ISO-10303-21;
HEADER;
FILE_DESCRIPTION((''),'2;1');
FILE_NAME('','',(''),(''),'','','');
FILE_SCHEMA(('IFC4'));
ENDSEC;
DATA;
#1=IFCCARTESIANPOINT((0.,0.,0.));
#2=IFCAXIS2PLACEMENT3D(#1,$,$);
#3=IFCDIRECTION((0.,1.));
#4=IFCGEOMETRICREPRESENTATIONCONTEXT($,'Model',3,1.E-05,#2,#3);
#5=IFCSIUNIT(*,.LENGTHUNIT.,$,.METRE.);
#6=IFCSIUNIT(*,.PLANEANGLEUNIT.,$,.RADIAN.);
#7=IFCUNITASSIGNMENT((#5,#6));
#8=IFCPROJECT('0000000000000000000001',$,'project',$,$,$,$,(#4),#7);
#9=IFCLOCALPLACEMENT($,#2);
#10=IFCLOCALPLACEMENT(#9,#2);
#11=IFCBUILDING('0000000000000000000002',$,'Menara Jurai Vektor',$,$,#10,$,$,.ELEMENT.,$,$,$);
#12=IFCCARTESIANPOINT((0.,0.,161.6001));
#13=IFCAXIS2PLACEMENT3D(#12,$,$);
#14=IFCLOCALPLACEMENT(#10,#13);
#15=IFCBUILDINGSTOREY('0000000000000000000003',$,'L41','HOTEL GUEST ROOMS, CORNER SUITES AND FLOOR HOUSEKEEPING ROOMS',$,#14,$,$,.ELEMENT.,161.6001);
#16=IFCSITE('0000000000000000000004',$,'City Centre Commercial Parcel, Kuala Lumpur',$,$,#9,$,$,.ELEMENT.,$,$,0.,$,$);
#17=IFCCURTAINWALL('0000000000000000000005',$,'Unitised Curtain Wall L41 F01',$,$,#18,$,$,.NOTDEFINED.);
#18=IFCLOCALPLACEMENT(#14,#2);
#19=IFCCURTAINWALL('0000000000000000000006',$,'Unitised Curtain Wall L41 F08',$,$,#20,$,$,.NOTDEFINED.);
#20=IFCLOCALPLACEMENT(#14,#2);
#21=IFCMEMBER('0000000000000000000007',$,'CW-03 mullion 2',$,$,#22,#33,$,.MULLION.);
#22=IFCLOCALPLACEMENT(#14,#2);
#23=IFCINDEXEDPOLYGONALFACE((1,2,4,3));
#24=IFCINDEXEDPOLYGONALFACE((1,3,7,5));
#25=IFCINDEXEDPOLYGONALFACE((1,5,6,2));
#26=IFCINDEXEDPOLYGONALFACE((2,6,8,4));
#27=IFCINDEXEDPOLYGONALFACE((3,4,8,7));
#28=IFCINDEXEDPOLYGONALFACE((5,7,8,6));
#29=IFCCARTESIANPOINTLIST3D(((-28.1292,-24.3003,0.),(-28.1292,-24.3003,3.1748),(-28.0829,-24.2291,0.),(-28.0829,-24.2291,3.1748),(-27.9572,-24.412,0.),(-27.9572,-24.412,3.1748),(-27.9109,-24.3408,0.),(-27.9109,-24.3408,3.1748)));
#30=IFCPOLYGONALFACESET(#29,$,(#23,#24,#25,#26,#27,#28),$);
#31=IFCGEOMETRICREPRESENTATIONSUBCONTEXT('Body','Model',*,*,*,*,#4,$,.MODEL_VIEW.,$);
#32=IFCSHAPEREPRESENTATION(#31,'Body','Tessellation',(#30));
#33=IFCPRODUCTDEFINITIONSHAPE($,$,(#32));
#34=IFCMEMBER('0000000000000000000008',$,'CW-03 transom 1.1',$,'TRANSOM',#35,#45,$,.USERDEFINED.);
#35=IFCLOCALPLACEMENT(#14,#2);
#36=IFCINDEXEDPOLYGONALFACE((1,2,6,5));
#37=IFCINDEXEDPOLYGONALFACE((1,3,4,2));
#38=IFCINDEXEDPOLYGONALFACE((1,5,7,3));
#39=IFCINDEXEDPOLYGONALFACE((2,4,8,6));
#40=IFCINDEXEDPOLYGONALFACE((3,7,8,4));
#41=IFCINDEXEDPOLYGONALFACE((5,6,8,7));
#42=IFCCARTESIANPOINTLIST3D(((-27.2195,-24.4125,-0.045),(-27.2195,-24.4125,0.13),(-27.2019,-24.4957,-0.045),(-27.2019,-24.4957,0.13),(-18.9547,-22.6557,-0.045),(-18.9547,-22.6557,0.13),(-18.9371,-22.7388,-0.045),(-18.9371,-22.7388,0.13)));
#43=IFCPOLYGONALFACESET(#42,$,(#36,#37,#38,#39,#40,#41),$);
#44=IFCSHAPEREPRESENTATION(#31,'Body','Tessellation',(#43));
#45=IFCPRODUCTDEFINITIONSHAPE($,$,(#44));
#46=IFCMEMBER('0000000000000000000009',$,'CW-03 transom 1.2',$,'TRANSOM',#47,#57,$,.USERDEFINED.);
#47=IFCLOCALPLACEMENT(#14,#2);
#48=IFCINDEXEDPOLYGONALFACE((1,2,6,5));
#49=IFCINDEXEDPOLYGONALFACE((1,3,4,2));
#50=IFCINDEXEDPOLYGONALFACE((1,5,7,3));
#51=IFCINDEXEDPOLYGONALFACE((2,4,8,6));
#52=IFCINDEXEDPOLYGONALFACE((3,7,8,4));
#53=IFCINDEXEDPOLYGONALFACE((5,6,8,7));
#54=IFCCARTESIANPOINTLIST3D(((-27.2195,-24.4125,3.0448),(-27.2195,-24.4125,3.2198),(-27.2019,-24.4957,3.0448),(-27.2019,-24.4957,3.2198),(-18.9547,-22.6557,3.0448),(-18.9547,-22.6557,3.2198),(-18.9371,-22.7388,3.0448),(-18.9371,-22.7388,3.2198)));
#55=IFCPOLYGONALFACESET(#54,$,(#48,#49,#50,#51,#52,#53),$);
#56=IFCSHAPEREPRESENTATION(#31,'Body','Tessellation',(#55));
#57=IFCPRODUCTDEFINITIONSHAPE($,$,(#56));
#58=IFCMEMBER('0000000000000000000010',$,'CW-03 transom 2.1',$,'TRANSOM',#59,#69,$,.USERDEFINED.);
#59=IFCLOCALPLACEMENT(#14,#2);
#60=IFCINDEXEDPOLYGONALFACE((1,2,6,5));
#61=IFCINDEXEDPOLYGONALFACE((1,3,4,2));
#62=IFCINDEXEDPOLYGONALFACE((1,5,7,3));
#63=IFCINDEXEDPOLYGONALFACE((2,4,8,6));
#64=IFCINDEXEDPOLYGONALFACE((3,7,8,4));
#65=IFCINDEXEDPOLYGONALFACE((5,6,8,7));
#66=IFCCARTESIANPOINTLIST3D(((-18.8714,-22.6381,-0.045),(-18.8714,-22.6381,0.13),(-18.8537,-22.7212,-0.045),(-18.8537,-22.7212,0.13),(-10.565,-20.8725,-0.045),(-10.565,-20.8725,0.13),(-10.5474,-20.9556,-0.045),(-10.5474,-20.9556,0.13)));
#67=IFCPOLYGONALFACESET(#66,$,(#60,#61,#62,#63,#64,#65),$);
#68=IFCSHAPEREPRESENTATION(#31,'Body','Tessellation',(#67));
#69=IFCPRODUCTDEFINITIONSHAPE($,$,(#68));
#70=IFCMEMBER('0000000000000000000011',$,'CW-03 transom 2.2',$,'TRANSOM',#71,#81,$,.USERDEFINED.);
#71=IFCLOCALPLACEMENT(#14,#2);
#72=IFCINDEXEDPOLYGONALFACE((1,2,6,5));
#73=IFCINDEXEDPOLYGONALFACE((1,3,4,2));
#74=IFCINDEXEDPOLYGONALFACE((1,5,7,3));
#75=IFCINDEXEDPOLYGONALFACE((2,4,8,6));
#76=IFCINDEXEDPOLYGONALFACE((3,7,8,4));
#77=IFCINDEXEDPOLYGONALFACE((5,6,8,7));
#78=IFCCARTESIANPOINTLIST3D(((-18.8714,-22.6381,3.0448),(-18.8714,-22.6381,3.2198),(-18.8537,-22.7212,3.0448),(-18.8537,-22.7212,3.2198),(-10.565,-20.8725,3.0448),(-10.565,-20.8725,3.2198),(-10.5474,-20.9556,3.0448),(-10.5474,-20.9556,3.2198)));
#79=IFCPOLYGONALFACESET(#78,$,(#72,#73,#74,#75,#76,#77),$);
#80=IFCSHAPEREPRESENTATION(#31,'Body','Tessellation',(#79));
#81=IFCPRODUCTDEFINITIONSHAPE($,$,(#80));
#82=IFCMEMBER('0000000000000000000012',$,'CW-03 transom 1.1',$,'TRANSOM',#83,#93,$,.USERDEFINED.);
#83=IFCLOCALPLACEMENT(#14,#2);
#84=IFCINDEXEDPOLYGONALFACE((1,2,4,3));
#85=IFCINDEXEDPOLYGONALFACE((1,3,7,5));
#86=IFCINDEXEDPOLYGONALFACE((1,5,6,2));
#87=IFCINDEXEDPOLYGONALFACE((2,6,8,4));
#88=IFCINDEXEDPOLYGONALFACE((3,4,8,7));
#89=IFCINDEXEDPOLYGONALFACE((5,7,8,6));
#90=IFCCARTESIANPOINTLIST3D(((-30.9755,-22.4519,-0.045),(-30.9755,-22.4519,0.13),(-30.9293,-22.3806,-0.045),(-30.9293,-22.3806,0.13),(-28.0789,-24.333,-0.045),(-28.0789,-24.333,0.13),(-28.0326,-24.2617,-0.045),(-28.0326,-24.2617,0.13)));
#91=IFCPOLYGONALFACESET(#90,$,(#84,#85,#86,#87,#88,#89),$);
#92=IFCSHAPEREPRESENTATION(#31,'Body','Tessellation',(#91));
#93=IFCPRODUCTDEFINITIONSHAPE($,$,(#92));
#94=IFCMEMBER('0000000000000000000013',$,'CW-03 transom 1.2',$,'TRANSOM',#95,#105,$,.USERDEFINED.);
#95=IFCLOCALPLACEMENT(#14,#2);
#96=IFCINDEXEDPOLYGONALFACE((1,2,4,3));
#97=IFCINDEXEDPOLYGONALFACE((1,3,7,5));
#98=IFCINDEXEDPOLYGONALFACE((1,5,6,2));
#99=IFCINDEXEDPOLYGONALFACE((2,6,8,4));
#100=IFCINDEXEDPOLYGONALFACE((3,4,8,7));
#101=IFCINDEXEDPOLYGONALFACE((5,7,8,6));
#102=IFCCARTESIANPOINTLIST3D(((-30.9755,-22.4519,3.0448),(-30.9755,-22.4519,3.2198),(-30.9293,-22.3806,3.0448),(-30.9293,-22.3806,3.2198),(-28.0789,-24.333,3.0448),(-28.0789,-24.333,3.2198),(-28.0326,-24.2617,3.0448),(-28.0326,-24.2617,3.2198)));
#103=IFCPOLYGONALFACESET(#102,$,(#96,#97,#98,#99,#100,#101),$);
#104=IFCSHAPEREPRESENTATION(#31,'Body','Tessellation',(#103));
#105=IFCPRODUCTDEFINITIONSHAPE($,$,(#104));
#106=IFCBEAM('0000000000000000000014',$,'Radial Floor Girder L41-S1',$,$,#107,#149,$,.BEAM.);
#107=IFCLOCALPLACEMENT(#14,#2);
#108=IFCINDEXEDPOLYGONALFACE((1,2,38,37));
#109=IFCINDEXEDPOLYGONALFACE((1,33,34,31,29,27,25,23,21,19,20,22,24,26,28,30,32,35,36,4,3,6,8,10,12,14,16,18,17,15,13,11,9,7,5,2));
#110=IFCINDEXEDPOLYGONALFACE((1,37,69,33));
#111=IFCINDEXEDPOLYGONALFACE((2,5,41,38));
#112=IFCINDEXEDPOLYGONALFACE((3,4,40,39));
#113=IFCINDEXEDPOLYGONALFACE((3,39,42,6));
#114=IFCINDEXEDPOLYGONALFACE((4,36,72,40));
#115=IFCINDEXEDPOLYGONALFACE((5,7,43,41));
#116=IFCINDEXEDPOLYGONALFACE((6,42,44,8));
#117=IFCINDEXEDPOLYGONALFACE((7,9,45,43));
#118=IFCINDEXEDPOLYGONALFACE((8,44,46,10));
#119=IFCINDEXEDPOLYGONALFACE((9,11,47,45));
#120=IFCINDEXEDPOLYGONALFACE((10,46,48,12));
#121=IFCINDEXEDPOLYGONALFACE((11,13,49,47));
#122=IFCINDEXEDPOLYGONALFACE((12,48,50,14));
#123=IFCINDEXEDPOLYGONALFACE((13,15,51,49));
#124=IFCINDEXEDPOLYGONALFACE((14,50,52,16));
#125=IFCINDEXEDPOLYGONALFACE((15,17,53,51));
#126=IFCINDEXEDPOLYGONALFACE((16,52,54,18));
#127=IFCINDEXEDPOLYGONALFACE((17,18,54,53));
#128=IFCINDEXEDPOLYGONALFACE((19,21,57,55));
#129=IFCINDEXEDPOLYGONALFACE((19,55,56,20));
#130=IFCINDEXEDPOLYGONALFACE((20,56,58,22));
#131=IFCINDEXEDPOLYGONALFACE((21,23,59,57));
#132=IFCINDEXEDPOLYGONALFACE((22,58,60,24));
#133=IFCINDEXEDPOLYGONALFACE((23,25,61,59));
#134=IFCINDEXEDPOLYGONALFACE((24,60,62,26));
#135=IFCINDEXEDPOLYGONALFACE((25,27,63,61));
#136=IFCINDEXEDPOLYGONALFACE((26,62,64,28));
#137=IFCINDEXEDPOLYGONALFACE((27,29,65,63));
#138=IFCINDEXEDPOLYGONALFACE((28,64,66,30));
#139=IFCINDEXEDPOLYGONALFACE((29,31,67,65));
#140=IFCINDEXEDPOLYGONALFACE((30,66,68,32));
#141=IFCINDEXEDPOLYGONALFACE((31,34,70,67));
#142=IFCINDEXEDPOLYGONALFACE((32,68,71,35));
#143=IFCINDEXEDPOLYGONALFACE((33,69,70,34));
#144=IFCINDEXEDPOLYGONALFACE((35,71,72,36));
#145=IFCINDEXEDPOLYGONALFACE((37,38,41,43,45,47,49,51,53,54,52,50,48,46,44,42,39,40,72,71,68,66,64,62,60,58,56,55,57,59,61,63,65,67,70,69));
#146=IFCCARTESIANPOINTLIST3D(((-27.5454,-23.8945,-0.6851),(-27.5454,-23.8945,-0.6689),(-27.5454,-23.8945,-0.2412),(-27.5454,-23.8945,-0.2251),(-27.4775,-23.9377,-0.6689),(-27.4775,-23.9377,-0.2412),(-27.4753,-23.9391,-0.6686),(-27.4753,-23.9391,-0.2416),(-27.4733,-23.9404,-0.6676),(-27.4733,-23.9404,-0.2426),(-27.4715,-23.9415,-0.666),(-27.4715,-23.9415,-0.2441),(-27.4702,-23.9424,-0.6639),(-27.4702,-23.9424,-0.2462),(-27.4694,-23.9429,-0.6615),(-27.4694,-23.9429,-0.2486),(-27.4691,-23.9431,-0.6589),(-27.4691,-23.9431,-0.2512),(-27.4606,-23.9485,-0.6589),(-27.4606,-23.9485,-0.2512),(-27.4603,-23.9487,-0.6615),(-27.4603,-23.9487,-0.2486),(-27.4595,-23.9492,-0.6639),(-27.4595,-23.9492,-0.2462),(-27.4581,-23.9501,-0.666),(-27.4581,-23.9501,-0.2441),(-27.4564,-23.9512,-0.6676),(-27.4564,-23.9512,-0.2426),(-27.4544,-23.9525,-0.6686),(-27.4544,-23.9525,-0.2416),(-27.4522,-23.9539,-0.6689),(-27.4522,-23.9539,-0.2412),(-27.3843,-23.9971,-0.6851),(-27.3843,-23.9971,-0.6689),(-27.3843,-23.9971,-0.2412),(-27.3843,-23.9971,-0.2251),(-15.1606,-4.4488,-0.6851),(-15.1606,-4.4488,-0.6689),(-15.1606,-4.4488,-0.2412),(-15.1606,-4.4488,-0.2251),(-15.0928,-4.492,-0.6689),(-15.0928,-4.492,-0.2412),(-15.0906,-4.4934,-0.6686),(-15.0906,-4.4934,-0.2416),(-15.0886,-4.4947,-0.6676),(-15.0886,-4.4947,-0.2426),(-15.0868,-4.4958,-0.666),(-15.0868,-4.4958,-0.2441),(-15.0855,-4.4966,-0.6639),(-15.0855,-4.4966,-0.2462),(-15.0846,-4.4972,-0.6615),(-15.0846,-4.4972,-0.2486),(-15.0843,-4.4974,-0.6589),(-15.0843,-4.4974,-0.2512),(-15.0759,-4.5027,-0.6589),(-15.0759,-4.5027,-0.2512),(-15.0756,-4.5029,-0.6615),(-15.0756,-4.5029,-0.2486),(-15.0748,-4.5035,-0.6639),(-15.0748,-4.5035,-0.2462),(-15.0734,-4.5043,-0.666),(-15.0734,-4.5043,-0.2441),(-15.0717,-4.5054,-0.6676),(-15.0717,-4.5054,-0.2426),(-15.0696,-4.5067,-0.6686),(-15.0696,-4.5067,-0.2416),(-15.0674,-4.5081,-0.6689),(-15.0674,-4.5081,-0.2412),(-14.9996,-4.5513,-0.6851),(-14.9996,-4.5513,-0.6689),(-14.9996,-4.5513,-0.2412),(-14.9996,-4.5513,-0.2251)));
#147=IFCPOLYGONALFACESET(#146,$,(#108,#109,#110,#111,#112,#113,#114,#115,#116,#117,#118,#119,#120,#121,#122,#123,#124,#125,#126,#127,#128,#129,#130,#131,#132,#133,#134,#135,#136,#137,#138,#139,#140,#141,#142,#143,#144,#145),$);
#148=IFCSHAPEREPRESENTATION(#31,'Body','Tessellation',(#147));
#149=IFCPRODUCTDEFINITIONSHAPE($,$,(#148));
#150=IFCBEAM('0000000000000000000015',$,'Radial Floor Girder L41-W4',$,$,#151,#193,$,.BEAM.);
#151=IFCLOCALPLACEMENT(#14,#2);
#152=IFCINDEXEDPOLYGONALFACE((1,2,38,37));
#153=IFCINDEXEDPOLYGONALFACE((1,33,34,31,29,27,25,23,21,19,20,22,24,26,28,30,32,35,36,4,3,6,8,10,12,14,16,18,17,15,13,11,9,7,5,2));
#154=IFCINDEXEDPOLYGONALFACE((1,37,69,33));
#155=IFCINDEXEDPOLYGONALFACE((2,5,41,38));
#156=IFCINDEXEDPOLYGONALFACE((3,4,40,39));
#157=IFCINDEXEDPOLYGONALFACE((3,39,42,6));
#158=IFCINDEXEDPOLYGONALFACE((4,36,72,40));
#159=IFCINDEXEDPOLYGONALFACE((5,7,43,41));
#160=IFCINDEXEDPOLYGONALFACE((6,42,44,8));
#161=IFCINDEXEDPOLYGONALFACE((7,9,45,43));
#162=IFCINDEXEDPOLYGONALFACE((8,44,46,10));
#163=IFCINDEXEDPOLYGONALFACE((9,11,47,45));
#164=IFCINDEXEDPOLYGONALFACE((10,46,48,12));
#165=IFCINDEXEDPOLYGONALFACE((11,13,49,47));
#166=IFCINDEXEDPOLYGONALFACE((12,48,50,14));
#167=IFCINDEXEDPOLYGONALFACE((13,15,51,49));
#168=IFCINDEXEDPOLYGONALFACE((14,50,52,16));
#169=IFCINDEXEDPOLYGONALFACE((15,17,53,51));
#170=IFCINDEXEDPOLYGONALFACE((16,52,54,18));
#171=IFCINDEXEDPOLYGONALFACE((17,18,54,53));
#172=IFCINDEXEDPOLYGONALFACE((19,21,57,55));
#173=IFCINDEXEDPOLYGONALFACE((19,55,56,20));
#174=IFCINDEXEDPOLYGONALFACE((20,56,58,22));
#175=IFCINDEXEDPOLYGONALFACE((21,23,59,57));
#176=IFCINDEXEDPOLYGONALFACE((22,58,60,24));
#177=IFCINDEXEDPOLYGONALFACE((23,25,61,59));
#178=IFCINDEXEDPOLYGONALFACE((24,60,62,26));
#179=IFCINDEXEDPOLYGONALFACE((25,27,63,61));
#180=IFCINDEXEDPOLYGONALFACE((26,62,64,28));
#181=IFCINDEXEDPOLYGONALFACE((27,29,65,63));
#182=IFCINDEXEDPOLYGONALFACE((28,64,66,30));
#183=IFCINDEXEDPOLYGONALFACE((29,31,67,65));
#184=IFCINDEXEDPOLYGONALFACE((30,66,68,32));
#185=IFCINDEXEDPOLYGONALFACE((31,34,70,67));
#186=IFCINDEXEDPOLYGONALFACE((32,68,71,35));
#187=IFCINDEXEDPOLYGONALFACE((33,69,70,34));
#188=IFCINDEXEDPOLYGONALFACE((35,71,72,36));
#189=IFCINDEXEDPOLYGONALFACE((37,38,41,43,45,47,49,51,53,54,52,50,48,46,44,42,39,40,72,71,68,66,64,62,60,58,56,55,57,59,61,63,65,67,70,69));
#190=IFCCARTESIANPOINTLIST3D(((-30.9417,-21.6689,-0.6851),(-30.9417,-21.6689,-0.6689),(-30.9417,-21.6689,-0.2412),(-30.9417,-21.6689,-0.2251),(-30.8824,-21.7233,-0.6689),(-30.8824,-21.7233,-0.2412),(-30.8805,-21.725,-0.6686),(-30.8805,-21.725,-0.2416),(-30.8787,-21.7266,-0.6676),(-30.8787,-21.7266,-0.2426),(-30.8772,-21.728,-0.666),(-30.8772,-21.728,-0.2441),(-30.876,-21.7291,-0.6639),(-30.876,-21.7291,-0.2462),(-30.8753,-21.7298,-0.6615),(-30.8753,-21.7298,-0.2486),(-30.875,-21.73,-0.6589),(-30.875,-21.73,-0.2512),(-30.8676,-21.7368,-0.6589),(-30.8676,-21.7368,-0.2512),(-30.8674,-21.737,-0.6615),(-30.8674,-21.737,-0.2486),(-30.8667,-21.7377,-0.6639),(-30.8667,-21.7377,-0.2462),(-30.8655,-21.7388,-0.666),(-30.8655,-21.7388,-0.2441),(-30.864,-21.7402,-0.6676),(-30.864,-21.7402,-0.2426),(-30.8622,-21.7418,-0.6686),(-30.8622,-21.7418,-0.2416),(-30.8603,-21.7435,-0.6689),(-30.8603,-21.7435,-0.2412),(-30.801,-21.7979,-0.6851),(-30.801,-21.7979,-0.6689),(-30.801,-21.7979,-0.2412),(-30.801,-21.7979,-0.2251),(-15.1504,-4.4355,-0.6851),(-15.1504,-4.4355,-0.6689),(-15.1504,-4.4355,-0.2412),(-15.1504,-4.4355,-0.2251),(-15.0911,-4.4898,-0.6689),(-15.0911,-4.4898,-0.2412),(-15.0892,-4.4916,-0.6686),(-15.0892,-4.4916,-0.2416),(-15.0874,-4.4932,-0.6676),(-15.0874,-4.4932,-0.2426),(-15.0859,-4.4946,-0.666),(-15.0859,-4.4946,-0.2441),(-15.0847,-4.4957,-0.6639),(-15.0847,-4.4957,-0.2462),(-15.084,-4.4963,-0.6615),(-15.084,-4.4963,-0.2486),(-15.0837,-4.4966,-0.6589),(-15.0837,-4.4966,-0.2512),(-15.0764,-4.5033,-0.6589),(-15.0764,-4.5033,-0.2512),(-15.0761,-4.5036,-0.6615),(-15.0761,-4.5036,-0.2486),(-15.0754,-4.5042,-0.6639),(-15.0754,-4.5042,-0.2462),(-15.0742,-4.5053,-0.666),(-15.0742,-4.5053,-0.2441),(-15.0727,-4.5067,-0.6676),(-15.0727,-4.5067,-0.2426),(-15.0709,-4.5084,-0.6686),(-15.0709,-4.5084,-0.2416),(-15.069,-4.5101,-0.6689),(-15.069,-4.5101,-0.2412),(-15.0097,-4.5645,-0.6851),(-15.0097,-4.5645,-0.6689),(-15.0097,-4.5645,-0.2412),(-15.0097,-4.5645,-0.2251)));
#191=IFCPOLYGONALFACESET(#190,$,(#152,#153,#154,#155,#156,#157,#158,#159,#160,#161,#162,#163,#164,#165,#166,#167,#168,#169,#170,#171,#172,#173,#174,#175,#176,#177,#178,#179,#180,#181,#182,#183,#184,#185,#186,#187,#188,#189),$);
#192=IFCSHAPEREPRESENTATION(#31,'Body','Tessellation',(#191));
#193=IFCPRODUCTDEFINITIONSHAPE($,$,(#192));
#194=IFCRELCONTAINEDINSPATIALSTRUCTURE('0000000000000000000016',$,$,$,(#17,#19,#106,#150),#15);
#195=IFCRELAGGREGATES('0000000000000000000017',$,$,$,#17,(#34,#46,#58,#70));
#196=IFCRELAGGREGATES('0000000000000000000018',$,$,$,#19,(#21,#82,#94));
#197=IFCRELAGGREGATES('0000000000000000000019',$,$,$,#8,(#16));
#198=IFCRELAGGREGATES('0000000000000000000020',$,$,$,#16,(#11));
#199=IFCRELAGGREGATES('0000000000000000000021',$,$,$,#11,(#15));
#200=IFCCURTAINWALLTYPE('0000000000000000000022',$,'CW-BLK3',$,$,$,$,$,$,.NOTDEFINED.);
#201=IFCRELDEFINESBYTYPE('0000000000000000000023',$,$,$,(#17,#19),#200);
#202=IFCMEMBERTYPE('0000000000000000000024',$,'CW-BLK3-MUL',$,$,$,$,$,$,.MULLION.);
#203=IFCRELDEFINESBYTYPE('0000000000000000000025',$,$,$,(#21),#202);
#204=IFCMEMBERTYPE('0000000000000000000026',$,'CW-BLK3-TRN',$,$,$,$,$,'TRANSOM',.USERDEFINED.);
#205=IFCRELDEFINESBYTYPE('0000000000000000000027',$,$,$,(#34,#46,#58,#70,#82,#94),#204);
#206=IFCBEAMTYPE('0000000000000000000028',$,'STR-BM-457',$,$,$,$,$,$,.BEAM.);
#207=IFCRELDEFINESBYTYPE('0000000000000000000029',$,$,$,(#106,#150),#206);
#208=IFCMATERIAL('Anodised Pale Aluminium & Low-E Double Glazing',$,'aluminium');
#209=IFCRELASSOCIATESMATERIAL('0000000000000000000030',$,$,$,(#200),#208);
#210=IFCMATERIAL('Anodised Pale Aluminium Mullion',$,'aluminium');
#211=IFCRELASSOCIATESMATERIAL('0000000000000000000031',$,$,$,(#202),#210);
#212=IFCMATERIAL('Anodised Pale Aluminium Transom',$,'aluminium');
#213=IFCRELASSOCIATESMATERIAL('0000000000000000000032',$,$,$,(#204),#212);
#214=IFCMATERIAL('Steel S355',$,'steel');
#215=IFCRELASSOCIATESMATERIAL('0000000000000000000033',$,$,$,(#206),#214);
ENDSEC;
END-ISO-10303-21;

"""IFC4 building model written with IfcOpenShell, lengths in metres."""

from ifc_helpers import new_model, si_unit, direction, frame, origin, origin_2d, place, context, subcontext, project, spatial, rectangle, i_section, extrude, material, material_profile, profile_set, type_object, element, aggregate, save


model = new_model("IFC4")

# Units and contexts
model_context = context("Model", 3, precision=1e-05, world=origin(), true_north=direction((0.0, 1.0)))
body_context = subcontext(model_context, "Body", "Model", "MODEL_VIEW")
ifc_project = project(units=[si_unit("LENGTHUNIT", "METRE"), si_unit("PLANEANGLEUNIT", "RADIAN")], contexts=[model_context])

# Site, building, storey
site_placement = place(None, origin())
site = spatial("IfcSite", under=ifc_project, at=site_placement, Name="City Centre Commercial Parcel, Kuala Lumpur", CompositionType="ELEMENT", RefElevation=0.0)
building_placement = place(site_placement, origin())
building = spatial("IfcBuilding", under=site, at=building_placement, Name="Menara Jurai Vektor", CompositionType="ELEMENT")
storey_placement = place(building_placement, frame((0.0, 0.0, 161.6001)))
storey = spatial("IfcBuildingStorey", under=building, at=storey_placement, Name="L41", Description="HOTEL GUEST ROOMS, CORNER SUITES AND FLOOR HOUSEKEEPING ROOMS", CompositionType="ELEMENT", Elevation=161.6001)

# Curtain wall
ifc_material_1 = material(Name="Anodised Pale Aluminium & Low-E Double Glazing", Category="aluminium")
curtain_wall_type = type_object("IfcCurtainWallType", Name="CW-BLK3", PredefinedType="NOTDEFINED", material=ifc_material_1)
curtain_wall_1_placement = place(storey_placement, origin())
curtain_wall_1 = element("IfcCurtainWall", 1, at=curtain_wall_1_placement, inside=storey, type_object=curtain_wall_type, Name="Unitised Curtain Wall L41 F01", PredefinedType="NOTDEFINED")
ifc_material_2 = material(Name="Anodised Pale Aluminium Mullion", Category="aluminium")
ifc_material_profile_1 = material_profile(ifc_material_2, rectangle(XDim=0.085, YDim=0.2051, at=origin_2d()), Name="ALU MUL 85x205")
ifc_profile_set_1 = profile_set([ifc_material_profile_1], Name="Anodised Pale Aluminium Mullion")
member_type_1 = type_object("IfcMemberType", Name="CW-BLK3-MUL", PredefinedType="MULLION", material=ifc_profile_set_1)

# Curtain wall, member
curtain_wall_2_placement = place(storey_placement, origin())
curtain_wall_2 = element("IfcCurtainWall", 2, at=curtain_wall_2_placement, inside=storey, type_object=curtain_wall_type, Name="Unitised Curtain Wall L41 F08", PredefinedType="NOTDEFINED")
member_1_placement = place(storey_placement, frame((-28.02, -24.3206, 0.0), z_axis=(0.0, 0.0, 1.0), x_axis=(0.544618, 0.838684, 0.0)))
member_1 = element("IfcMember", 3, at=member_1_placement, type_object=member_type_1, Name="CW-03 mullion 2", PredefinedType="MULLION", context=body_context, shape_type="SweptSolid", body=[
    extrude(rectangle(XDim=0.085, YDim=0.2051, at=origin_2d()), origin(), (0.0, 0.0, 1.0), 3.1748),
])

# Members
ifc_material_3 = material(Name="Anodised Pale Aluminium Transom", Category="aluminium")
ifc_material_profile_2 = material_profile(ifc_material_3, rectangle(XDim=0.085, YDim=0.175, at=origin_2d()), Name="ALU TRN 85x175")
ifc_profile_set_2 = profile_set([ifc_material_profile_2], Name="Anodised Pale Aluminium Transom")
member_type_2 = type_object("IfcMemberType", Name="CW-BLK3-TRN", ElementType="TRANSOM", PredefinedType="USERDEFINED", material=ifc_profile_set_2)
member_2_placement = place(storey_placement, frame((-27.2107, -24.4541, 0.0425), z_axis=(0.978146, 0.207921, 0.0), x_axis=(-0.207921, 0.978146, 0.0)))
member_2 = element("IfcMember", 4, at=member_2_placement, type_object=member_type_2, Name="CW-03 transom 1.1", ObjectType="TRANSOM", PredefinedType="USERDEFINED", context=body_context, shape_type="SweptSolid", body=[
    extrude(rectangle(XDim=0.085, YDim=0.175, at=origin_2d()), origin(), (0.0, 0.0, 1.0), 8.4495),
])
member_3_placement = place(storey_placement, frame((-27.2107, -24.4541, 3.1323), z_axis=(0.978146, 0.207921, 0.0), x_axis=(-0.207921, 0.978146, 0.0)))
member_3 = element("IfcMember", 5, at=member_3_placement, type_object=member_type_2, Name="CW-03 transom 1.2", ObjectType="TRANSOM", PredefinedType="USERDEFINED", context=body_context, shape_type="SweptSolid", body=[
    extrude(rectangle(XDim=0.085, YDim=0.175, at=origin_2d()), origin(), (0.0, 0.0, 1.0), 8.4495),
])
member_4_placement = place(storey_placement, frame((-18.8625, -22.6797, 0.0425), z_axis=(0.978147, 0.207917, 0.0), x_axis=(-0.207917, 0.978147, 0.0)))
member_4 = element("IfcMember", 6, at=member_4_placement, type_object=member_type_2, Name="CW-03 transom 2.1", ObjectType="TRANSOM", PredefinedType="USERDEFINED", context=body_context, shape_type="SweptSolid", body=[
    extrude(rectangle(XDim=0.085, YDim=0.175, at=origin_2d()), origin(), (0.0, 0.0, 1.0), 8.4919),
])
member_5_placement = place(storey_placement, frame((-18.8625, -22.6797, 3.1323), z_axis=(0.978147, 0.207917, 0.0), x_axis=(-0.207917, 0.978147, 0.0)))
member_5 = element("IfcMember", 7, at=member_5_placement, type_object=member_type_2, Name="CW-03 transom 2.2", ObjectType="TRANSOM", PredefinedType="USERDEFINED", context=body_context, shape_type="SweptSolid", body=[
    extrude(rectangle(XDim=0.085, YDim=0.175, at=origin_2d()), origin(), (0.0, 0.0, 1.0), 8.4919),
])
member_6_placement = place(storey_placement, frame((-30.9524, -22.4163, 0.0425), z_axis=(0.838678, -0.544628, 0.0), x_axis=(0.544628, 0.838678, 0.0)))
member_6 = element("IfcMember", 8, at=member_6_placement, type_object=member_type_2, Name="CW-03 transom 1.1", ObjectType="TRANSOM", PredefinedType="USERDEFINED", context=body_context, shape_type="SweptSolid", body=[
    extrude(rectangle(XDim=0.085, YDim=0.175, at=origin_2d()), origin(), (0.0, 0.0, 1.0), 3.4539),
])
member_7_placement = place(storey_placement, frame((-30.9524, -22.4163, 3.1323), z_axis=(0.838678, -0.544628, 0.0), x_axis=(0.544628, 0.838678, 0.0)))
member_7 = element("IfcMember", 9, at=member_7_placement, type_object=member_type_2, Name="CW-03 transom 1.2", ObjectType="TRANSOM", PredefinedType="USERDEFINED", context=body_context, shape_type="SweptSolid", body=[
    extrude(rectangle(XDim=0.085, YDim=0.175, at=origin_2d()), origin(), (0.0, 0.0, 1.0), 3.4539),
])

# Beams
ifc_material_4 = material(Name="Steel S355", Category="steel")
ifc_material_profile_3 = material_profile(ifc_material_4, i_section(OverallWidth=0.1909, OverallDepth=0.46, WebThickness=0.01, FlangeThickness=0.0161, FilletRadius=0.01, at=origin_2d()), Name="UKB 457x191x82")
ifc_profile_set_3 = profile_set([ifc_material_profile_3], Name="Steel S355")
beam_type_1 = type_object("IfcBeamType", Name="STR-BM-457", PredefinedType="BEAM", material=ifc_profile_set_3)
beam_1_placement = place(storey_placement, frame((-27.4648, -23.9458, -0.4551), z_axis=(0.537189, 0.843462, 0.0), x_axis=(-0.843462, 0.537189, 0.0)))
element("IfcBeam", 10, at=beam_1_placement, inside=storey, type_object=beam_type_1, Name="Radial Floor Girder L41-S1", PredefinedType="BEAM", context=body_context, shape_type="SweptSolid", body=[
    extrude(i_section(OverallWidth=0.1909, OverallDepth=0.46, WebThickness=0.01, FlangeThickness=0.0161, FilletRadius=0.01, at=origin_2d()), origin(), (0.0, 0.0, 1.0), 23.0547),
])
beam_2_placement = place(storey_placement, frame((-30.8713, -21.7334, -0.4551), z_axis=(0.675585, 0.737282, 0.0), x_axis=(-0.737282, 0.675585, 0.0)))
element("IfcBeam", 11, at=beam_2_placement, inside=storey, type_object=beam_type_1, Name="Radial Floor Girder L41-W4", PredefinedType="BEAM", context=body_context, shape_type="SweptSolid", body=[
    extrude(i_section(OverallWidth=0.1909, OverallDepth=0.46, WebThickness=0.01, FlangeThickness=0.0161, FilletRadius=0.01, at=origin_2d()), origin(), (0.0, 0.0, 1.0), 23.3743),
])

aggregate(curtain_wall_1, [member_2, member_3, member_4, member_5])
aggregate(curtain_wall_2, [member_1, member_6, member_7])

save(model, "model.ifc")
